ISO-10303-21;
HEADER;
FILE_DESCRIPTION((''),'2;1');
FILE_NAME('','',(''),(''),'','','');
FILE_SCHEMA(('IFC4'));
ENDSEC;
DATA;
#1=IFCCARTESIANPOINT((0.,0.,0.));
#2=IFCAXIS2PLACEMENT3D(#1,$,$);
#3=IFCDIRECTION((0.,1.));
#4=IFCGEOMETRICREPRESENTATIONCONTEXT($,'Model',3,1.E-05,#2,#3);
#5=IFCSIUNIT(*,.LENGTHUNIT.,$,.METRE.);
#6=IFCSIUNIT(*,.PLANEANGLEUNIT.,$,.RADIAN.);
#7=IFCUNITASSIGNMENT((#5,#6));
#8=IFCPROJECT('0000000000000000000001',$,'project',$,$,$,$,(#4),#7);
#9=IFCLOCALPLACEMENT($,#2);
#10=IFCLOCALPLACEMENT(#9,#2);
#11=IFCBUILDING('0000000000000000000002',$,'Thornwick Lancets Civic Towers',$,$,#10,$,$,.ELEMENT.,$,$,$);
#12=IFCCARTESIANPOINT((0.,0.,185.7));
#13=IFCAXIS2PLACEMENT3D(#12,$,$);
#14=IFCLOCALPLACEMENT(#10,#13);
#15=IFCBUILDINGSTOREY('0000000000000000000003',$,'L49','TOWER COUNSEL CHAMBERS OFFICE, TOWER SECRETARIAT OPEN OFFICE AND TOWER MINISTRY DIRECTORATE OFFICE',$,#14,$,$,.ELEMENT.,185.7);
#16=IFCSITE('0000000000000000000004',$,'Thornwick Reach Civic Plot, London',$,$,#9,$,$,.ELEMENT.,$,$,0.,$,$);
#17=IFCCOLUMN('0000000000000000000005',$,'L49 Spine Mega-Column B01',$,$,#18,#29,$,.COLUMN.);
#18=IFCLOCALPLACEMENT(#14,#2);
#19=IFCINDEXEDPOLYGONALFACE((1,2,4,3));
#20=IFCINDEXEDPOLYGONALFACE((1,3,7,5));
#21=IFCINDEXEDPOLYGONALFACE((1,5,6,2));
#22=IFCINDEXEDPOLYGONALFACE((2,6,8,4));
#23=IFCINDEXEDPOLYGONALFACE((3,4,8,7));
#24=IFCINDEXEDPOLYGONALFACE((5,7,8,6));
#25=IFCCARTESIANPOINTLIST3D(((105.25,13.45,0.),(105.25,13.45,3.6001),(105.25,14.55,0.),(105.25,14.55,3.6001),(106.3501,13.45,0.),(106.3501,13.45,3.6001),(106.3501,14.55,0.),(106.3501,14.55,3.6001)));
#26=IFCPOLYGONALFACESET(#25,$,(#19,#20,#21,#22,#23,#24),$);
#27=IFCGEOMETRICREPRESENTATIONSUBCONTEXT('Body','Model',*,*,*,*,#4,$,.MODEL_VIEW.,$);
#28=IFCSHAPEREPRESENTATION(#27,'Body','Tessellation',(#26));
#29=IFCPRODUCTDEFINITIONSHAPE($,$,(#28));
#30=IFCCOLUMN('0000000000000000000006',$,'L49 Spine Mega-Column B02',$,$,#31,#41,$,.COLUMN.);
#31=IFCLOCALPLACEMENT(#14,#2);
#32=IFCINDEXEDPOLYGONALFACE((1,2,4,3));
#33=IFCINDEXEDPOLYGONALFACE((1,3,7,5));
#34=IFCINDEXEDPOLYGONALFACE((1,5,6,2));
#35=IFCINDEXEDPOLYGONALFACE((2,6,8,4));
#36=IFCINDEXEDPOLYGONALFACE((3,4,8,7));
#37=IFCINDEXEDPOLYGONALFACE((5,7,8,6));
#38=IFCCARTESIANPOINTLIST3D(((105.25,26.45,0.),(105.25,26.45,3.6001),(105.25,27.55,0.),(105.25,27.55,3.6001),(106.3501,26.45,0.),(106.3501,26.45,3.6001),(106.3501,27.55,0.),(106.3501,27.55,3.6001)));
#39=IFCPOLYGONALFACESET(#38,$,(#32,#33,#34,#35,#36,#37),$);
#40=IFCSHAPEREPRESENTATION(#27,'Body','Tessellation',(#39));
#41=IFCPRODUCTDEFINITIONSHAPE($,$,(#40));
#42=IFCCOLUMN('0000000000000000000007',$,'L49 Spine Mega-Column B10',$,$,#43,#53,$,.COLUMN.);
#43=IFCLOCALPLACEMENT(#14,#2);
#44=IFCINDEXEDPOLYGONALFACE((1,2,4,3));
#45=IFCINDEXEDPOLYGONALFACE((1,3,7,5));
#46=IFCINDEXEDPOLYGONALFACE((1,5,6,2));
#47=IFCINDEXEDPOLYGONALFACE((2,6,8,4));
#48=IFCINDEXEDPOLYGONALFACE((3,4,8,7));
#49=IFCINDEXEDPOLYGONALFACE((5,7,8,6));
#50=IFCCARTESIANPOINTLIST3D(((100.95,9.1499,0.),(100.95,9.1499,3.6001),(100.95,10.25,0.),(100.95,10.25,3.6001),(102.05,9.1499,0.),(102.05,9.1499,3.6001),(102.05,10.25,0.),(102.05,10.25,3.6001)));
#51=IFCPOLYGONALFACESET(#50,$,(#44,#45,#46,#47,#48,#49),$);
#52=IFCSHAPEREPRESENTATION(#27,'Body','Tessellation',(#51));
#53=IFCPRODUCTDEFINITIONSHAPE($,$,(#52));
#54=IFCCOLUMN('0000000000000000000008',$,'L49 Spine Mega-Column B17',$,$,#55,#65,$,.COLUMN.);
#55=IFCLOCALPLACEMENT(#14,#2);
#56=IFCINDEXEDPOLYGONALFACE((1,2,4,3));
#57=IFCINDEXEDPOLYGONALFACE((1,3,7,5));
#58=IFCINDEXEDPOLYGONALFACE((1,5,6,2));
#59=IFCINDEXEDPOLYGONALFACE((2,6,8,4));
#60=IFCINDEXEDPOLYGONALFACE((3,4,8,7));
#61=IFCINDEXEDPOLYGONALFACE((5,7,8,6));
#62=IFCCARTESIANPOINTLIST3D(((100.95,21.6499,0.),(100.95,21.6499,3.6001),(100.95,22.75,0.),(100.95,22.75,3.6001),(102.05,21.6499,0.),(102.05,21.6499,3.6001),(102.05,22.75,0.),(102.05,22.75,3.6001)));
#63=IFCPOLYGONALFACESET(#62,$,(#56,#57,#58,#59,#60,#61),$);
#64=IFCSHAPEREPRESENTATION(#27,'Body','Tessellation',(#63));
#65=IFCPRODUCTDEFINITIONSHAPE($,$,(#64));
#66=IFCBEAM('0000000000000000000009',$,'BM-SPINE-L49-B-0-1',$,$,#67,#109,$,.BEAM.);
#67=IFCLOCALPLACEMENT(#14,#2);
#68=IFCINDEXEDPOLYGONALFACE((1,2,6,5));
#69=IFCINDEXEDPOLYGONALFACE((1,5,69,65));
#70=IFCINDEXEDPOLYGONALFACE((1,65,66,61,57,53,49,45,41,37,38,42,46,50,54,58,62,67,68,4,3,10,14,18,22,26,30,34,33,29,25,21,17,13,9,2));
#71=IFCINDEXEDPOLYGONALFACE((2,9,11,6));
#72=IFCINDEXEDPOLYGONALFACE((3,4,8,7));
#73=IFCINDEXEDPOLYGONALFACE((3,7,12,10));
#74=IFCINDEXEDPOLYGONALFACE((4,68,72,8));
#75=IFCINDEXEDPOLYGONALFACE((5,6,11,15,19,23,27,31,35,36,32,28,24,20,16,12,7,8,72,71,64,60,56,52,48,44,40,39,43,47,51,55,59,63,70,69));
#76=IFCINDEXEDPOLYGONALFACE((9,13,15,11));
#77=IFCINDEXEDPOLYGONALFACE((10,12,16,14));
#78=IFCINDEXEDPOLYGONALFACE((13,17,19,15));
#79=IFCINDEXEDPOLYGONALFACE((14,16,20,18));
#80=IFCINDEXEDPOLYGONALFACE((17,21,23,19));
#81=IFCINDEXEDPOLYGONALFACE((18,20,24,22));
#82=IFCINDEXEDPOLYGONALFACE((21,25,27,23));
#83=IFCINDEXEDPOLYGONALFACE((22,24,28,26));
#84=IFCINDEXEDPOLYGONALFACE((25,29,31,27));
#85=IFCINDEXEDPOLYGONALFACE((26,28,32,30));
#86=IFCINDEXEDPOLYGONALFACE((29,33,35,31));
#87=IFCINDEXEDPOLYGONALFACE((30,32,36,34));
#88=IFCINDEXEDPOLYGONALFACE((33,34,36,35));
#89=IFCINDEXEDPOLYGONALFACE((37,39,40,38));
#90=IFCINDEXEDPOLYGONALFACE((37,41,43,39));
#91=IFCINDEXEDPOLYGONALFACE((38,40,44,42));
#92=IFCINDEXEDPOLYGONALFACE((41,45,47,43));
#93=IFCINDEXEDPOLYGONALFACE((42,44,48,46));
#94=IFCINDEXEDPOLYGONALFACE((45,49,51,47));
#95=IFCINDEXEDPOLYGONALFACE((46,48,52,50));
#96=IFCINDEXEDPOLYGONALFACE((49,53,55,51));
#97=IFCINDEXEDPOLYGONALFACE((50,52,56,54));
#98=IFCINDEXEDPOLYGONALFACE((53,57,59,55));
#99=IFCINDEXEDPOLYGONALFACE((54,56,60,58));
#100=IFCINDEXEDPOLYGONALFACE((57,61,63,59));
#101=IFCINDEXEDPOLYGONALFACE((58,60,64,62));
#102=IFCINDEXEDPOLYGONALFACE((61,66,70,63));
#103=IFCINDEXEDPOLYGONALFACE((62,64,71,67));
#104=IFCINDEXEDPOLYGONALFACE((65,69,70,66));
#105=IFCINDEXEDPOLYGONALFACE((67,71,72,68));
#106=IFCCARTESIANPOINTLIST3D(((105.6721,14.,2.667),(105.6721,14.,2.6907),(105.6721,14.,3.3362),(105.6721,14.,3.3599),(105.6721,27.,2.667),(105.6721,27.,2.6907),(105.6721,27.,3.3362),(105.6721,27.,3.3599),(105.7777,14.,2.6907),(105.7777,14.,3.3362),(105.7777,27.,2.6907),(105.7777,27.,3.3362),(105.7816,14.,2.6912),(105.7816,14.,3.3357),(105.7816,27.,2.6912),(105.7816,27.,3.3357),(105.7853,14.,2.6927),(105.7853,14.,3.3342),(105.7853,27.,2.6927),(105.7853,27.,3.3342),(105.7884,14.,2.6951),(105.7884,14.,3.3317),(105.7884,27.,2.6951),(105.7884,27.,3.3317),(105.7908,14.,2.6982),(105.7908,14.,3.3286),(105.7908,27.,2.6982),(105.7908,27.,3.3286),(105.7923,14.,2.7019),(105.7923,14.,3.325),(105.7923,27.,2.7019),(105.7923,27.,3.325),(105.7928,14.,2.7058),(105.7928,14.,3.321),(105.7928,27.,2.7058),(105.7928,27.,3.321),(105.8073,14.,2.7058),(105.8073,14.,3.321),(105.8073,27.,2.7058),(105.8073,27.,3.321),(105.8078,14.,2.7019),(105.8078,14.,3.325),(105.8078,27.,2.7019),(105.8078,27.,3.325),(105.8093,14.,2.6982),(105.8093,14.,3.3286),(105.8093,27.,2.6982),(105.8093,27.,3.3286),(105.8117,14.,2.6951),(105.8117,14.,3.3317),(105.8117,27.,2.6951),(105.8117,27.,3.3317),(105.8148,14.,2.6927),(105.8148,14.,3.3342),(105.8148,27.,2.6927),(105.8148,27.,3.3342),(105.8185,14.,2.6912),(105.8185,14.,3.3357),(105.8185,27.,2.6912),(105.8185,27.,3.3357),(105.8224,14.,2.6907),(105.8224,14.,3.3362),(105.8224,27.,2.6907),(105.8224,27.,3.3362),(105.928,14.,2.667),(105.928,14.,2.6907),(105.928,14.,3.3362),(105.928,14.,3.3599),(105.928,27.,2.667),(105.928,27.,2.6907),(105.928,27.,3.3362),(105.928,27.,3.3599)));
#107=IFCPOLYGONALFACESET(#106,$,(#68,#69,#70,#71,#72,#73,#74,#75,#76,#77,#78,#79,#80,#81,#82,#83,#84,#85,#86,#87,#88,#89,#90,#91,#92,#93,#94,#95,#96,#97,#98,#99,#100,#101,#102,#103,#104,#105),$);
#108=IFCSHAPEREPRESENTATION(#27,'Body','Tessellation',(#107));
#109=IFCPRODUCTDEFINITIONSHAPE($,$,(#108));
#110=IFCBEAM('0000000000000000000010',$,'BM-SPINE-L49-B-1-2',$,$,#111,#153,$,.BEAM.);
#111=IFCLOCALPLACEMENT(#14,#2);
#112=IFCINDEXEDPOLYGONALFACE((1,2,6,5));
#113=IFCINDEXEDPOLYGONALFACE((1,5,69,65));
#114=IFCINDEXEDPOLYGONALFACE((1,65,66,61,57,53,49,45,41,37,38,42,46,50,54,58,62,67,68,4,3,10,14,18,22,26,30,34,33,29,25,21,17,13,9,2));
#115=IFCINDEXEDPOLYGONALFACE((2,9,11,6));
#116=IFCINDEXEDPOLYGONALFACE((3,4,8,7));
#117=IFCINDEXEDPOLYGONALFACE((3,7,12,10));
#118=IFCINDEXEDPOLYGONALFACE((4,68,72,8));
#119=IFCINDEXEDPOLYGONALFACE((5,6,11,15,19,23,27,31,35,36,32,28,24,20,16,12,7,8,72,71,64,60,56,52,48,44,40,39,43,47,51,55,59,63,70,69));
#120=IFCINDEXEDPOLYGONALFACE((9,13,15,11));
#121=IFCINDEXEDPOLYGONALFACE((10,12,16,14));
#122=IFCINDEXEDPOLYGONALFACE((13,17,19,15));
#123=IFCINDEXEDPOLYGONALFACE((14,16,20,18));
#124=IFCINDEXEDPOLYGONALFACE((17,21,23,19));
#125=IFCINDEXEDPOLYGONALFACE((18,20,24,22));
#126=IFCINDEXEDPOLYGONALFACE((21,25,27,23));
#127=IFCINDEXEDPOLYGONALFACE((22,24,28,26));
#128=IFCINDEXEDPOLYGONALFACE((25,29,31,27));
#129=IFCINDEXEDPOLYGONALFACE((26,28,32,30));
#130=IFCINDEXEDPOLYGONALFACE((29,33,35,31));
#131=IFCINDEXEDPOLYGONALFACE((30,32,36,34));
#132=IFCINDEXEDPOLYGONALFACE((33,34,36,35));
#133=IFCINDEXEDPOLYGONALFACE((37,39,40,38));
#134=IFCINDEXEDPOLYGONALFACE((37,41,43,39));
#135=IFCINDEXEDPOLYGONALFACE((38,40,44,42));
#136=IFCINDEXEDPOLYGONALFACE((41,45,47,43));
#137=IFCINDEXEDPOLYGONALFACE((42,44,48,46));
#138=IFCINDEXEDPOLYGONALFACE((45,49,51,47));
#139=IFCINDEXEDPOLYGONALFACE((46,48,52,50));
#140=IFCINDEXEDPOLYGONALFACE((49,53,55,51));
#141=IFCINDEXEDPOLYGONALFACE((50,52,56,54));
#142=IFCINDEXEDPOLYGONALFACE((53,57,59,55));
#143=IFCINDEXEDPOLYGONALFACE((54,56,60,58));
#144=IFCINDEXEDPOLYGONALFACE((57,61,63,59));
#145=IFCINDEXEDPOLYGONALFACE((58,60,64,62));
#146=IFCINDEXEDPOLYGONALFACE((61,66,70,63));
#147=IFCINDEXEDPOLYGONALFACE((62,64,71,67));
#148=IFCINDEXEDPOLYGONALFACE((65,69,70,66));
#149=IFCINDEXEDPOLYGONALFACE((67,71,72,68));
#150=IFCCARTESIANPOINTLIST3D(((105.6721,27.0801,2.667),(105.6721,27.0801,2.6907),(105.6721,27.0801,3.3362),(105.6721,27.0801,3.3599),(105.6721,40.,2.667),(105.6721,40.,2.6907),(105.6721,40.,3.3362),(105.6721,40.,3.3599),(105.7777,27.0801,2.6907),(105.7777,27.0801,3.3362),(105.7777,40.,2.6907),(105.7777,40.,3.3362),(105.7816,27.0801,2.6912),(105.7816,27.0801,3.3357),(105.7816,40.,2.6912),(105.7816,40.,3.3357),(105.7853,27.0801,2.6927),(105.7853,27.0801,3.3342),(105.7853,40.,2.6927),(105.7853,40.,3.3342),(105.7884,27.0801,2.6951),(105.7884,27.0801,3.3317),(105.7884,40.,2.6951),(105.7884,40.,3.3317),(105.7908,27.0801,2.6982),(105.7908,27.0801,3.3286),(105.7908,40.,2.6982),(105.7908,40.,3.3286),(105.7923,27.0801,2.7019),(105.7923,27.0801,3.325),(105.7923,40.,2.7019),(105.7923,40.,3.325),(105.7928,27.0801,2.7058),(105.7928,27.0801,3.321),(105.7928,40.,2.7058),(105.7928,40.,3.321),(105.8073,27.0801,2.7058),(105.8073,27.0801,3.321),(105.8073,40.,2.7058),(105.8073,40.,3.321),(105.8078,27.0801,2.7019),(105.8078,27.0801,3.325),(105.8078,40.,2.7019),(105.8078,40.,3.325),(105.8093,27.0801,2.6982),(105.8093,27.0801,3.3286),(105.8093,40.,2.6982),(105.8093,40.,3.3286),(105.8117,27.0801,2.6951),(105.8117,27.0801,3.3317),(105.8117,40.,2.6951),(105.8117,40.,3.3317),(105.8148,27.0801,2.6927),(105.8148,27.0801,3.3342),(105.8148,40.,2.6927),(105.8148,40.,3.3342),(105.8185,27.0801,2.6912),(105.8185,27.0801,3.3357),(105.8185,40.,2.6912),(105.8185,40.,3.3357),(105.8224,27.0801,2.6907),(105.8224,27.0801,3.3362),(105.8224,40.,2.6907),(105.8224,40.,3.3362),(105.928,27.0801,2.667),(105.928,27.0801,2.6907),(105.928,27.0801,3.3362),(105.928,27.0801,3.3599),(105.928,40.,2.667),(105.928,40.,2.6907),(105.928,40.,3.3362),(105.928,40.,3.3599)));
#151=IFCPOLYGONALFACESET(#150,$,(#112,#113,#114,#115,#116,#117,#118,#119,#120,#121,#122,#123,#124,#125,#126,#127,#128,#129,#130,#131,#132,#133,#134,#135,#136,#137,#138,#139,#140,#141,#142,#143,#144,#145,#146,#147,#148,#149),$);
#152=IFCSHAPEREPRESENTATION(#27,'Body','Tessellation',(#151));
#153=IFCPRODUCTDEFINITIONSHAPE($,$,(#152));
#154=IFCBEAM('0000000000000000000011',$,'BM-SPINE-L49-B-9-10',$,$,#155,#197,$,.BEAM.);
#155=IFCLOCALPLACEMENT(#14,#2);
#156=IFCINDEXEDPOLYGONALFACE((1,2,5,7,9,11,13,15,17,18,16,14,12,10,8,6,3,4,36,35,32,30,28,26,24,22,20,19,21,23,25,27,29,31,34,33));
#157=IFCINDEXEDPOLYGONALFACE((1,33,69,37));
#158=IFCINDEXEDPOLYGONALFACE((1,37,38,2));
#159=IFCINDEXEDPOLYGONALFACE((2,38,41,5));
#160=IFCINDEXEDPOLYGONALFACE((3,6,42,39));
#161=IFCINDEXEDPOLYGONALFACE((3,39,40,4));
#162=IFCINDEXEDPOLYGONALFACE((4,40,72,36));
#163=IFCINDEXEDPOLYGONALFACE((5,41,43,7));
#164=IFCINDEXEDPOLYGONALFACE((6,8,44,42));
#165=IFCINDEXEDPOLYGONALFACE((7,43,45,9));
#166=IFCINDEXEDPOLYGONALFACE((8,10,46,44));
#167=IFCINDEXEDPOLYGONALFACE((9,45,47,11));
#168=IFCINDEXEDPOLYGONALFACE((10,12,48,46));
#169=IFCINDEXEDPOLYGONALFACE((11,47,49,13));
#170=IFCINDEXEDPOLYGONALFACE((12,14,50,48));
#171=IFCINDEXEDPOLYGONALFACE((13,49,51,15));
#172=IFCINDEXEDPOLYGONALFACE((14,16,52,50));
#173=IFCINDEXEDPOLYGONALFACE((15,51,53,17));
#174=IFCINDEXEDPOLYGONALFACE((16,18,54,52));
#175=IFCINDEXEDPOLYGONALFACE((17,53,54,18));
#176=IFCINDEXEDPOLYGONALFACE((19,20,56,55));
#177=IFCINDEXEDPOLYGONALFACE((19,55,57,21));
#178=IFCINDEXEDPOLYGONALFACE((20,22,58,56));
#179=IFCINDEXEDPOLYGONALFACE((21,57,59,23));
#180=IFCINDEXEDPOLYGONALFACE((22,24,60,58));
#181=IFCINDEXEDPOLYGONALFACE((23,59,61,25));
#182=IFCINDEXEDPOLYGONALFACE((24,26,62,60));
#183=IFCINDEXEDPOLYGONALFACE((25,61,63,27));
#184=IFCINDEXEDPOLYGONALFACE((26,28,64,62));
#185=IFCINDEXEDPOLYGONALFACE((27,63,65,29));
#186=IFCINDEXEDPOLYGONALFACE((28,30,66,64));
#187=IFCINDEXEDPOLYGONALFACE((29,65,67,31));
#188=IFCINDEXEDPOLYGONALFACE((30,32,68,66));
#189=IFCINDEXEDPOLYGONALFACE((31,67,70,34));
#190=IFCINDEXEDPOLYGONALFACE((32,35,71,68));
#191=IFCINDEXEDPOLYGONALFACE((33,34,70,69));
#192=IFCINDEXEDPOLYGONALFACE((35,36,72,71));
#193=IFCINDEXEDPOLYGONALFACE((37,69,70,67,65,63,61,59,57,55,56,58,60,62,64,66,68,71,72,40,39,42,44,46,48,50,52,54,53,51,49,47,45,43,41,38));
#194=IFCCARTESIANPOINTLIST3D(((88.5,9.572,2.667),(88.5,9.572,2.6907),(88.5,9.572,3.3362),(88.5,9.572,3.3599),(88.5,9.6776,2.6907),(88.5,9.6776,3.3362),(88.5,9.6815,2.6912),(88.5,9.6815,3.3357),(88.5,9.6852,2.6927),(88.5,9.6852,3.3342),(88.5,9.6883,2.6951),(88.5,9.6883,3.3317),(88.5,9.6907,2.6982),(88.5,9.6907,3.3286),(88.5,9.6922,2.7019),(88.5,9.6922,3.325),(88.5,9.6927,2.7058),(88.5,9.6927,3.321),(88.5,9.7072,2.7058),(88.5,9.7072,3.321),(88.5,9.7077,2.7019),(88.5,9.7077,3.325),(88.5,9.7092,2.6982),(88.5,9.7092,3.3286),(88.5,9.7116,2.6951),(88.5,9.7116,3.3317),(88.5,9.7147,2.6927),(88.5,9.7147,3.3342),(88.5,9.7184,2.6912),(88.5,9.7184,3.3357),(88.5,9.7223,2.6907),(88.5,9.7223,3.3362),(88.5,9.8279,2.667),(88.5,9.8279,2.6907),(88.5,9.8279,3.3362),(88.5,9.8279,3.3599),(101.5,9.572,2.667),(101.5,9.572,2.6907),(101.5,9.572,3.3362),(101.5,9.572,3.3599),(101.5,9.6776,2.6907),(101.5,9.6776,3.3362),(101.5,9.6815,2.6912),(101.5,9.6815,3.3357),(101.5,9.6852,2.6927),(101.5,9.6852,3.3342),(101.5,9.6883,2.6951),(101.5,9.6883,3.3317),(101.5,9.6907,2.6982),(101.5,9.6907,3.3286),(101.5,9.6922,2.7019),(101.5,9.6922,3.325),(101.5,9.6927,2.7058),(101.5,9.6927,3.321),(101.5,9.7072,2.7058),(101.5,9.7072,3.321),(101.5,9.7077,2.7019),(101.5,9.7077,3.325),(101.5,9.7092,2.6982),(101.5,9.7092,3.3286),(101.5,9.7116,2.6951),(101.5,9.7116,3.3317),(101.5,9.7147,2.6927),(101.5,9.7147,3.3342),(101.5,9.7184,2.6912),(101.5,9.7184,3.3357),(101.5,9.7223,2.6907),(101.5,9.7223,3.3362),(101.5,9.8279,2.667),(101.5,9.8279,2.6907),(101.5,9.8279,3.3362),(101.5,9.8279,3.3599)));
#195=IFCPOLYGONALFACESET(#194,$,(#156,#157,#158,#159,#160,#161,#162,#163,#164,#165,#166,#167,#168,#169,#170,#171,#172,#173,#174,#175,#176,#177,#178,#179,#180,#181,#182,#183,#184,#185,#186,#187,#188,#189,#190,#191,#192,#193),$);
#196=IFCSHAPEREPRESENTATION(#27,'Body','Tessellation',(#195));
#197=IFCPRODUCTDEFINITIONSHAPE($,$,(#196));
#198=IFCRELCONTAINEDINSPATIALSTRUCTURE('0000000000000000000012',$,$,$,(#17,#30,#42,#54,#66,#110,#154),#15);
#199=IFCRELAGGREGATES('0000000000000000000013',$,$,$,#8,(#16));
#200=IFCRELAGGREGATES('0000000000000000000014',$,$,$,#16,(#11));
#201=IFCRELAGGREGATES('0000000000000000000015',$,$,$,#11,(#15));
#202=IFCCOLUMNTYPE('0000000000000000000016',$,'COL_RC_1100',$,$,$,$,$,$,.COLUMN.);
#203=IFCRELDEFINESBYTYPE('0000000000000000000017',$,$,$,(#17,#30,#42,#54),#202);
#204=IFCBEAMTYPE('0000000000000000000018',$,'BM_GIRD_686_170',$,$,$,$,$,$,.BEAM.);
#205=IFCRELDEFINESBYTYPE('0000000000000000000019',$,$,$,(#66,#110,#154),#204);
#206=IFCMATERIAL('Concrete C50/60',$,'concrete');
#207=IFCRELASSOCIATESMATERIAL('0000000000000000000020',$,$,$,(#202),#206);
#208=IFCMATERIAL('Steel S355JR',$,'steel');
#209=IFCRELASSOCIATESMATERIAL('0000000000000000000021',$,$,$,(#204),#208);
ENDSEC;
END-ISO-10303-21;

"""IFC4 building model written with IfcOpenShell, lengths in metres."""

from ifc_helpers import new_model, si_unit, direction, frame, origin, origin_2d, place, context, subcontext, project, spatial, rectangle, i_section, extrude, material, material_profile, profile_set, type_object, element, save


model = new_model("IFC4")

# Units and contexts
model_context = context("Model", 3, precision=1e-05, world=origin(), true_north=direction((0.0, 1.0)))
body_context = subcontext(model_context, "Body", "Model", "MODEL_VIEW")
ifc_project = project(units=[si_unit("LENGTHUNIT", "METRE"), si_unit("PLANEANGLEUNIT", "RADIAN")], contexts=[model_context])

# Site, building, storey
site_placement = place(None, origin())
site = spatial("IfcSite", under=ifc_project, at=site_placement, Name="Thornwick Reach Civic Plot, London", CompositionType="ELEMENT", RefElevation=0.0)
building_placement = place(site_placement, origin())
building = spatial("IfcBuilding", under=site, at=building_placement, Name="Thornwick Lancets Civic Towers", CompositionType="ELEMENT")
storey_placement = place(building_placement, frame((0.0, 0.0, 185.7)))
storey = spatial("IfcBuildingStorey", under=building, at=storey_placement, Name="L49", Description="TOWER COUNSEL CHAMBERS OFFICE, TOWER SECRETARIAT OPEN OFFICE AND TOWER MINISTRY DIRECTORATE OFFICE", CompositionType="ELEMENT", Elevation=185.7)

# Columns
ifc_material_1 = material(Name="Concrete C50/60", Category="concrete")
ifc_material_profile_1 = material_profile(ifc_material_1, rectangle(XDim=1.1001, YDim=1.1001, at=origin_2d()), Name="RC 1100x1100")
ifc_profile_set_1 = profile_set([ifc_material_profile_1], Name="Concrete C50/60")
column_type = type_object("IfcColumnType", Name="COL_RC_1100", PredefinedType="COLUMN", material=ifc_profile_set_1)
for number, where, z_axis, x_axis, name in (
    (1, (105.8, 14.0, 0.0), (0.0, 0.0, 1.0), (1.0, 0.0, 0.0), "L49 Spine Mega-Column B01"),
    (2, (105.8, 27.0, 0.0), (0.0, 0.0, 1.0), (1.0, 0.0, 0.0), "L49 Spine Mega-Column B02"),
    (3, (101.5, 9.7, 0.0), (0.0, 0.0, 1.0), (1.0, 0.0, 0.0), "L49 Spine Mega-Column B10"),
    (4, (101.5, 22.2, 0.0), (0.0, 0.0, 1.0), (1.0, 0.0, 0.0), "L49 Spine Mega-Column B17"),
):
    element("IfcColumn", number, at=place(storey_placement, frame(where, z_axis=z_axis, x_axis=x_axis)), inside=storey, type_object=column_type, Name=name, PredefinedType="COLUMN", context=body_context, shape_type="SweptSolid", body=[
        extrude(rectangle(XDim=1.1001, YDim=1.1001, at=origin_2d()), origin(), (0.0, 0.0, 1.0), 3.6001),
    ])

# Beams
ifc_material_2 = material(Name="Steel S355JR", Category="steel")
ifc_material_profile_2 = material_profile(ifc_material_2, i_section(OverallWidth=0.2559, OverallDepth=0.6929, WebThickness=0.0144, FlangeThickness=0.0237, FilletRadius=0.0151, at=origin_2d()), Name="UKB 686x254x170")
ifc_profile_set_2 = profile_set([ifc_material_profile_2], Name="Steel S355JR")
beam_type_1 = type_object("IfcBeamType", Name="BM_GIRD_686_170", PredefinedType="BEAM", material=ifc_profile_set_2)
beam_1_placement = place(storey_placement, frame((105.8, 14.0, 3.0134), z_axis=(0.0, 1.0, 0.0), x_axis=(-1.0, 0.0, 0.0)))
element("IfcBeam", 5, at=beam_1_placement, inside=storey, type_object=beam_type_1, Name="BM-SPINE-L49-B-0-1", PredefinedType="BEAM", context=body_context, shape_type="SweptSolid", body=[
    extrude(i_section(OverallWidth=0.2559, OverallDepth=0.6929, WebThickness=0.0144, FlangeThickness=0.0237, FilletRadius=0.0151, at=origin_2d()), origin(), (0.0, 0.0, 1.0), 13.0),
])
beam_2_placement = place(storey_placement, frame((105.8, 27.0801, 3.0134), z_axis=(0.0, 1.0, 0.0), x_axis=(-1.0, 0.0, 0.0)))
element("IfcBeam", 6, at=beam_2_placement, inside=storey, type_object=beam_type_1, Name="BM-SPINE-L49-B-1-2", PredefinedType="BEAM", context=body_context, shape_type="SweptSolid", body=[
    extrude(i_section(OverallWidth=0.2559, OverallDepth=0.6929, WebThickness=0.0144, FlangeThickness=0.0237, FilletRadius=0.0151, at=origin_2d()), origin(), (0.0, 0.0, 1.0), 12.9199),
])
beam_3_placement = place(storey_placement, frame((101.5, 9.7, 3.0134), z_axis=(-1.0, 0.0, 0.0), x_axis=(0.0, -1.0, 0.0)))
element("IfcBeam", 7, at=beam_3_placement, inside=storey, type_object=beam_type_1, Name="BM-SPINE-L49-B-9-10", PredefinedType="BEAM", context=body_context, shape_type="SweptSolid", body=[
    extrude(i_section(OverallWidth=0.2559, OverallDepth=0.6929, WebThickness=0.0144, FlangeThickness=0.0237, FilletRadius=0.0151, at=origin_2d()), origin(), (0.0, 0.0, 1.0), 13.0),
])

save(model, "model.ifc")
